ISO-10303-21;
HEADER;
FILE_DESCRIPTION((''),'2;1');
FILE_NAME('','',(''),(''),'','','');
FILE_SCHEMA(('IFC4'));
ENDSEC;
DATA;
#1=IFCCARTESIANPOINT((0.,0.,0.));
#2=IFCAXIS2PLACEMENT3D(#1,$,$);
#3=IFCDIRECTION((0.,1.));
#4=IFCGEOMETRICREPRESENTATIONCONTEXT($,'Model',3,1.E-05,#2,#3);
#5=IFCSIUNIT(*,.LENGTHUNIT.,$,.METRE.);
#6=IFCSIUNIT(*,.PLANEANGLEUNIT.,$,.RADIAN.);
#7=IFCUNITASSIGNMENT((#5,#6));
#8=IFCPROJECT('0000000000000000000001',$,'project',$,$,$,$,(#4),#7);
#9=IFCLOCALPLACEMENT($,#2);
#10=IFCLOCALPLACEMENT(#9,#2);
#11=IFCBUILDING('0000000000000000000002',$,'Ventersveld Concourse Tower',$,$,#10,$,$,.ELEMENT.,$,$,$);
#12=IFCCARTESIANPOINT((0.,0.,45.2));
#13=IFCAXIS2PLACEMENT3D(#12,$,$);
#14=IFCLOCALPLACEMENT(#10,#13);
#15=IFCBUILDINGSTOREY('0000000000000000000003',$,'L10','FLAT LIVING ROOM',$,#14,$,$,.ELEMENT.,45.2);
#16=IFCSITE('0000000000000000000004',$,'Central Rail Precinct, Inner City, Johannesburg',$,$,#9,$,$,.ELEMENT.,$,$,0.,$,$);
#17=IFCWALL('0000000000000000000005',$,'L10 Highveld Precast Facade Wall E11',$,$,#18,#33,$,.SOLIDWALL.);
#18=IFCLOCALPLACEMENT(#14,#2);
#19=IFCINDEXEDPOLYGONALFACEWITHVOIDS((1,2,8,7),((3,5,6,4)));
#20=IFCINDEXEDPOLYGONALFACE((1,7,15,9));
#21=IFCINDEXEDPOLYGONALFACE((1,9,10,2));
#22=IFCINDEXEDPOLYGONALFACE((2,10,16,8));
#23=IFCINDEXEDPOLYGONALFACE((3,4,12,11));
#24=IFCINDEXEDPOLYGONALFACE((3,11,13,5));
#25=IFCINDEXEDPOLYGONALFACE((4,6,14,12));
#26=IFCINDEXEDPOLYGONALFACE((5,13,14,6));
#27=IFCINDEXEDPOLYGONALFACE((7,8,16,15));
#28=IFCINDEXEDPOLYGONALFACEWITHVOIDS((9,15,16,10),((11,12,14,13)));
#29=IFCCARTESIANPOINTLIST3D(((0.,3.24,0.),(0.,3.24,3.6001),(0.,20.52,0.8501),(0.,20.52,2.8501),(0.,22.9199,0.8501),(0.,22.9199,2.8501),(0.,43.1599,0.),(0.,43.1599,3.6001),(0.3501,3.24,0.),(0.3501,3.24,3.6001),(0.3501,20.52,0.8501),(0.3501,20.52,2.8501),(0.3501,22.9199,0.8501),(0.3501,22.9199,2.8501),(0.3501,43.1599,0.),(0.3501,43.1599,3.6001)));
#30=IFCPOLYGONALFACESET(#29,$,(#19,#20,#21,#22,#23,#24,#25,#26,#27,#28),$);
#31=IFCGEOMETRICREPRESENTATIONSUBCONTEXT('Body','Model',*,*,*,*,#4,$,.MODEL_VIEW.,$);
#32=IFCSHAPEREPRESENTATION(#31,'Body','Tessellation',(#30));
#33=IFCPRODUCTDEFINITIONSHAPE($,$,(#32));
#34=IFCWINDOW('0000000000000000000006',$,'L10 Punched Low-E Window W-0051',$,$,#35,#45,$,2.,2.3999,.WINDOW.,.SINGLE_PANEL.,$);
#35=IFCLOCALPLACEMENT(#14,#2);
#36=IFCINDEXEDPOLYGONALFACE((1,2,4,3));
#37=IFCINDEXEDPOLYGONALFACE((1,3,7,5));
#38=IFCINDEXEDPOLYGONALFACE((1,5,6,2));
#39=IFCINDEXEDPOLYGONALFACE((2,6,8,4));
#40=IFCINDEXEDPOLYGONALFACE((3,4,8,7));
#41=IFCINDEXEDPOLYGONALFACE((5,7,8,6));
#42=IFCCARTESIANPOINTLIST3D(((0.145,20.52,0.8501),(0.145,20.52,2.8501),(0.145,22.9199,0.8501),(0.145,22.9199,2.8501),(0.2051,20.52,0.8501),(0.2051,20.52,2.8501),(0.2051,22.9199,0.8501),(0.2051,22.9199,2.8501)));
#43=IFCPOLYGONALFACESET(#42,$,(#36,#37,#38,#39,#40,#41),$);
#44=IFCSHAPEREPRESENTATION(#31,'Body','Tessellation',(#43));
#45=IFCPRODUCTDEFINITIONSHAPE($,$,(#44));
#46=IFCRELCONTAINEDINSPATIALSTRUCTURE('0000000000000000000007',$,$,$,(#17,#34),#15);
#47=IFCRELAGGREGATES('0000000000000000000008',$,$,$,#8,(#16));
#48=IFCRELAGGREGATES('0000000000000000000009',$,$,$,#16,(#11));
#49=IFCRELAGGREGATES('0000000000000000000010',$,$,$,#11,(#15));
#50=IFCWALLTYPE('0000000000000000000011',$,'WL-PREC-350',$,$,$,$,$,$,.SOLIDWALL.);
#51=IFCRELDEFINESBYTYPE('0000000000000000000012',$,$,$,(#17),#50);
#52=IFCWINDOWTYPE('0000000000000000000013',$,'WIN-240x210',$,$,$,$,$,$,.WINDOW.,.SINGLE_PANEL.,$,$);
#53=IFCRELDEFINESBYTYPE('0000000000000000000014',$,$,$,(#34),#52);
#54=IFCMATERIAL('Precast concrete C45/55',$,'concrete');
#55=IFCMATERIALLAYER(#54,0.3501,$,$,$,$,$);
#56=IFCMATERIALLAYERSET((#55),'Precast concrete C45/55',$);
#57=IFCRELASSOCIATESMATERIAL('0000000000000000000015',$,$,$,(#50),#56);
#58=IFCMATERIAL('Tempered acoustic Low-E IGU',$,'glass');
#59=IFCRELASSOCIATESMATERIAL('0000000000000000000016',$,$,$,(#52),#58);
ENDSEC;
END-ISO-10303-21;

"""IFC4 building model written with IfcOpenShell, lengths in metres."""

from ifc_helpers import new_model, si_unit, direction, frame, frame_2d, origin, place, context, subcontext, project, spatial, rectangle, extrude, material, layer, layer_set, type_object, element, fill, save


model = new_model("IFC4")

# Units and contexts
model_context = context("Model", 3, precision=1e-05, world=origin(), true_north=direction((0.0, 1.0)))
body_context = subcontext(model_context, "Body", "Model", "MODEL_VIEW")
ifc_project = project(units=[si_unit("LENGTHUNIT", "METRE"), si_unit("PLANEANGLEUNIT", "RADIAN")], contexts=[model_context])

# Site, building, storey
site_placement = place(None, origin())
site = spatial("IfcSite", under=ifc_project, at=site_placement, Name="Central Rail Precinct, Inner City, Johannesburg", CompositionType="ELEMENT", RefElevation=0.0)
building_placement = place(site_placement, origin())
building = spatial("IfcBuilding", under=site, at=building_placement, Name="Ventersveld Concourse Tower", CompositionType="ELEMENT")
storey_placement = place(building_placement, frame((0.0, 0.0, 45.2)))
storey = spatial("IfcBuildingStorey", under=building, at=storey_placement, Name="L10", Description="FLAT LIVING ROOM", CompositionType="ELEMENT", Elevation=45.2)

# Shared definitions
ifc_material_1 = material(Name="Precast concrete C45/55", Category="concrete")
ifc_layer_1 = layer(ifc_material_1, 0.3501)
ifc_layer_set_1 = layer_set([ifc_layer_1], Name="Precast concrete C45/55")
wall_type_1 = type_object("IfcWallType", Name="WL-PREC-350", PredefinedType="SOLIDWALL", material=ifc_layer_set_1)

# Wall, opening, window
wall_1_placement = place(storey_placement, frame((0.175, 43.1599, 0.0), z_axis=(0.0, 0.0, 1.0), x_axis=(0.0, -1.0, 0.0)))
wall_1 = element("IfcWall", 1, at=wall_1_placement, inside=storey, type_object=wall_type_1, Name="L10 Highveld Precast Facade Wall E11", PredefinedType="SOLIDWALL", context=body_context, shape_type="SweptSolid", body=[
    extrude(rectangle(XDim=39.9199, YDim=0.3501, at=frame_2d((19.96, 0.0))), origin(), (0.0, 0.0, 1.0), 3.6001),
])
opening_1_placement = place(wall_1_placement, frame((20.24, 0.0, 0.8501)))
opening_1 = element("IfcOpeningElement", 2, at=opening_1_placement, cuts=wall_1, PredefinedType="OPENING", context=body_context, shape_type="SweptSolid", body=[
    extrude(rectangle(XDim=2.3999, YDim=2.0, at=frame_2d((1.2, 1.0))), frame((0.0, 0.1851, 0.0), z_axis=(0.0, -1.0, 0.0), x_axis=(1.0, 0.0, 0.0)), (0.0, 0.0, 1.0), 0.3701),
])
ifc_material_2 = material(Name="Tempered acoustic Low-E IGU", Category="glass")
window_type = type_object("IfcWindowType", Name="WIN-240x210", PartitioningType="SINGLE_PANEL", PredefinedType="WINDOW", material=ifc_material_2)
window_placement = place(opening_1_placement, origin())
window = element("IfcWindow", 3, at=window_placement, inside=storey, type_object=window_type, Name="L10 Punched Low-E Window W-0051", OverallHeight=2.0, OverallWidth=2.3999, PartitioningType="SINGLE_PANEL", PredefinedType="WINDOW", context=body_context, shape_type="SweptSolid", body=[
    extrude(rectangle(XDim=2.3999, YDim=2.0, at=frame_2d((1.2, 1.0))), frame((0.0, 0.03, 0.0), z_axis=(0.0, -1.0, 0.0), x_axis=(1.0, 0.0, 0.0)), (0.0, 0.0, 1.0), 0.0601),
])
fill(opening_1, window)

save(model, "model.ifc")
